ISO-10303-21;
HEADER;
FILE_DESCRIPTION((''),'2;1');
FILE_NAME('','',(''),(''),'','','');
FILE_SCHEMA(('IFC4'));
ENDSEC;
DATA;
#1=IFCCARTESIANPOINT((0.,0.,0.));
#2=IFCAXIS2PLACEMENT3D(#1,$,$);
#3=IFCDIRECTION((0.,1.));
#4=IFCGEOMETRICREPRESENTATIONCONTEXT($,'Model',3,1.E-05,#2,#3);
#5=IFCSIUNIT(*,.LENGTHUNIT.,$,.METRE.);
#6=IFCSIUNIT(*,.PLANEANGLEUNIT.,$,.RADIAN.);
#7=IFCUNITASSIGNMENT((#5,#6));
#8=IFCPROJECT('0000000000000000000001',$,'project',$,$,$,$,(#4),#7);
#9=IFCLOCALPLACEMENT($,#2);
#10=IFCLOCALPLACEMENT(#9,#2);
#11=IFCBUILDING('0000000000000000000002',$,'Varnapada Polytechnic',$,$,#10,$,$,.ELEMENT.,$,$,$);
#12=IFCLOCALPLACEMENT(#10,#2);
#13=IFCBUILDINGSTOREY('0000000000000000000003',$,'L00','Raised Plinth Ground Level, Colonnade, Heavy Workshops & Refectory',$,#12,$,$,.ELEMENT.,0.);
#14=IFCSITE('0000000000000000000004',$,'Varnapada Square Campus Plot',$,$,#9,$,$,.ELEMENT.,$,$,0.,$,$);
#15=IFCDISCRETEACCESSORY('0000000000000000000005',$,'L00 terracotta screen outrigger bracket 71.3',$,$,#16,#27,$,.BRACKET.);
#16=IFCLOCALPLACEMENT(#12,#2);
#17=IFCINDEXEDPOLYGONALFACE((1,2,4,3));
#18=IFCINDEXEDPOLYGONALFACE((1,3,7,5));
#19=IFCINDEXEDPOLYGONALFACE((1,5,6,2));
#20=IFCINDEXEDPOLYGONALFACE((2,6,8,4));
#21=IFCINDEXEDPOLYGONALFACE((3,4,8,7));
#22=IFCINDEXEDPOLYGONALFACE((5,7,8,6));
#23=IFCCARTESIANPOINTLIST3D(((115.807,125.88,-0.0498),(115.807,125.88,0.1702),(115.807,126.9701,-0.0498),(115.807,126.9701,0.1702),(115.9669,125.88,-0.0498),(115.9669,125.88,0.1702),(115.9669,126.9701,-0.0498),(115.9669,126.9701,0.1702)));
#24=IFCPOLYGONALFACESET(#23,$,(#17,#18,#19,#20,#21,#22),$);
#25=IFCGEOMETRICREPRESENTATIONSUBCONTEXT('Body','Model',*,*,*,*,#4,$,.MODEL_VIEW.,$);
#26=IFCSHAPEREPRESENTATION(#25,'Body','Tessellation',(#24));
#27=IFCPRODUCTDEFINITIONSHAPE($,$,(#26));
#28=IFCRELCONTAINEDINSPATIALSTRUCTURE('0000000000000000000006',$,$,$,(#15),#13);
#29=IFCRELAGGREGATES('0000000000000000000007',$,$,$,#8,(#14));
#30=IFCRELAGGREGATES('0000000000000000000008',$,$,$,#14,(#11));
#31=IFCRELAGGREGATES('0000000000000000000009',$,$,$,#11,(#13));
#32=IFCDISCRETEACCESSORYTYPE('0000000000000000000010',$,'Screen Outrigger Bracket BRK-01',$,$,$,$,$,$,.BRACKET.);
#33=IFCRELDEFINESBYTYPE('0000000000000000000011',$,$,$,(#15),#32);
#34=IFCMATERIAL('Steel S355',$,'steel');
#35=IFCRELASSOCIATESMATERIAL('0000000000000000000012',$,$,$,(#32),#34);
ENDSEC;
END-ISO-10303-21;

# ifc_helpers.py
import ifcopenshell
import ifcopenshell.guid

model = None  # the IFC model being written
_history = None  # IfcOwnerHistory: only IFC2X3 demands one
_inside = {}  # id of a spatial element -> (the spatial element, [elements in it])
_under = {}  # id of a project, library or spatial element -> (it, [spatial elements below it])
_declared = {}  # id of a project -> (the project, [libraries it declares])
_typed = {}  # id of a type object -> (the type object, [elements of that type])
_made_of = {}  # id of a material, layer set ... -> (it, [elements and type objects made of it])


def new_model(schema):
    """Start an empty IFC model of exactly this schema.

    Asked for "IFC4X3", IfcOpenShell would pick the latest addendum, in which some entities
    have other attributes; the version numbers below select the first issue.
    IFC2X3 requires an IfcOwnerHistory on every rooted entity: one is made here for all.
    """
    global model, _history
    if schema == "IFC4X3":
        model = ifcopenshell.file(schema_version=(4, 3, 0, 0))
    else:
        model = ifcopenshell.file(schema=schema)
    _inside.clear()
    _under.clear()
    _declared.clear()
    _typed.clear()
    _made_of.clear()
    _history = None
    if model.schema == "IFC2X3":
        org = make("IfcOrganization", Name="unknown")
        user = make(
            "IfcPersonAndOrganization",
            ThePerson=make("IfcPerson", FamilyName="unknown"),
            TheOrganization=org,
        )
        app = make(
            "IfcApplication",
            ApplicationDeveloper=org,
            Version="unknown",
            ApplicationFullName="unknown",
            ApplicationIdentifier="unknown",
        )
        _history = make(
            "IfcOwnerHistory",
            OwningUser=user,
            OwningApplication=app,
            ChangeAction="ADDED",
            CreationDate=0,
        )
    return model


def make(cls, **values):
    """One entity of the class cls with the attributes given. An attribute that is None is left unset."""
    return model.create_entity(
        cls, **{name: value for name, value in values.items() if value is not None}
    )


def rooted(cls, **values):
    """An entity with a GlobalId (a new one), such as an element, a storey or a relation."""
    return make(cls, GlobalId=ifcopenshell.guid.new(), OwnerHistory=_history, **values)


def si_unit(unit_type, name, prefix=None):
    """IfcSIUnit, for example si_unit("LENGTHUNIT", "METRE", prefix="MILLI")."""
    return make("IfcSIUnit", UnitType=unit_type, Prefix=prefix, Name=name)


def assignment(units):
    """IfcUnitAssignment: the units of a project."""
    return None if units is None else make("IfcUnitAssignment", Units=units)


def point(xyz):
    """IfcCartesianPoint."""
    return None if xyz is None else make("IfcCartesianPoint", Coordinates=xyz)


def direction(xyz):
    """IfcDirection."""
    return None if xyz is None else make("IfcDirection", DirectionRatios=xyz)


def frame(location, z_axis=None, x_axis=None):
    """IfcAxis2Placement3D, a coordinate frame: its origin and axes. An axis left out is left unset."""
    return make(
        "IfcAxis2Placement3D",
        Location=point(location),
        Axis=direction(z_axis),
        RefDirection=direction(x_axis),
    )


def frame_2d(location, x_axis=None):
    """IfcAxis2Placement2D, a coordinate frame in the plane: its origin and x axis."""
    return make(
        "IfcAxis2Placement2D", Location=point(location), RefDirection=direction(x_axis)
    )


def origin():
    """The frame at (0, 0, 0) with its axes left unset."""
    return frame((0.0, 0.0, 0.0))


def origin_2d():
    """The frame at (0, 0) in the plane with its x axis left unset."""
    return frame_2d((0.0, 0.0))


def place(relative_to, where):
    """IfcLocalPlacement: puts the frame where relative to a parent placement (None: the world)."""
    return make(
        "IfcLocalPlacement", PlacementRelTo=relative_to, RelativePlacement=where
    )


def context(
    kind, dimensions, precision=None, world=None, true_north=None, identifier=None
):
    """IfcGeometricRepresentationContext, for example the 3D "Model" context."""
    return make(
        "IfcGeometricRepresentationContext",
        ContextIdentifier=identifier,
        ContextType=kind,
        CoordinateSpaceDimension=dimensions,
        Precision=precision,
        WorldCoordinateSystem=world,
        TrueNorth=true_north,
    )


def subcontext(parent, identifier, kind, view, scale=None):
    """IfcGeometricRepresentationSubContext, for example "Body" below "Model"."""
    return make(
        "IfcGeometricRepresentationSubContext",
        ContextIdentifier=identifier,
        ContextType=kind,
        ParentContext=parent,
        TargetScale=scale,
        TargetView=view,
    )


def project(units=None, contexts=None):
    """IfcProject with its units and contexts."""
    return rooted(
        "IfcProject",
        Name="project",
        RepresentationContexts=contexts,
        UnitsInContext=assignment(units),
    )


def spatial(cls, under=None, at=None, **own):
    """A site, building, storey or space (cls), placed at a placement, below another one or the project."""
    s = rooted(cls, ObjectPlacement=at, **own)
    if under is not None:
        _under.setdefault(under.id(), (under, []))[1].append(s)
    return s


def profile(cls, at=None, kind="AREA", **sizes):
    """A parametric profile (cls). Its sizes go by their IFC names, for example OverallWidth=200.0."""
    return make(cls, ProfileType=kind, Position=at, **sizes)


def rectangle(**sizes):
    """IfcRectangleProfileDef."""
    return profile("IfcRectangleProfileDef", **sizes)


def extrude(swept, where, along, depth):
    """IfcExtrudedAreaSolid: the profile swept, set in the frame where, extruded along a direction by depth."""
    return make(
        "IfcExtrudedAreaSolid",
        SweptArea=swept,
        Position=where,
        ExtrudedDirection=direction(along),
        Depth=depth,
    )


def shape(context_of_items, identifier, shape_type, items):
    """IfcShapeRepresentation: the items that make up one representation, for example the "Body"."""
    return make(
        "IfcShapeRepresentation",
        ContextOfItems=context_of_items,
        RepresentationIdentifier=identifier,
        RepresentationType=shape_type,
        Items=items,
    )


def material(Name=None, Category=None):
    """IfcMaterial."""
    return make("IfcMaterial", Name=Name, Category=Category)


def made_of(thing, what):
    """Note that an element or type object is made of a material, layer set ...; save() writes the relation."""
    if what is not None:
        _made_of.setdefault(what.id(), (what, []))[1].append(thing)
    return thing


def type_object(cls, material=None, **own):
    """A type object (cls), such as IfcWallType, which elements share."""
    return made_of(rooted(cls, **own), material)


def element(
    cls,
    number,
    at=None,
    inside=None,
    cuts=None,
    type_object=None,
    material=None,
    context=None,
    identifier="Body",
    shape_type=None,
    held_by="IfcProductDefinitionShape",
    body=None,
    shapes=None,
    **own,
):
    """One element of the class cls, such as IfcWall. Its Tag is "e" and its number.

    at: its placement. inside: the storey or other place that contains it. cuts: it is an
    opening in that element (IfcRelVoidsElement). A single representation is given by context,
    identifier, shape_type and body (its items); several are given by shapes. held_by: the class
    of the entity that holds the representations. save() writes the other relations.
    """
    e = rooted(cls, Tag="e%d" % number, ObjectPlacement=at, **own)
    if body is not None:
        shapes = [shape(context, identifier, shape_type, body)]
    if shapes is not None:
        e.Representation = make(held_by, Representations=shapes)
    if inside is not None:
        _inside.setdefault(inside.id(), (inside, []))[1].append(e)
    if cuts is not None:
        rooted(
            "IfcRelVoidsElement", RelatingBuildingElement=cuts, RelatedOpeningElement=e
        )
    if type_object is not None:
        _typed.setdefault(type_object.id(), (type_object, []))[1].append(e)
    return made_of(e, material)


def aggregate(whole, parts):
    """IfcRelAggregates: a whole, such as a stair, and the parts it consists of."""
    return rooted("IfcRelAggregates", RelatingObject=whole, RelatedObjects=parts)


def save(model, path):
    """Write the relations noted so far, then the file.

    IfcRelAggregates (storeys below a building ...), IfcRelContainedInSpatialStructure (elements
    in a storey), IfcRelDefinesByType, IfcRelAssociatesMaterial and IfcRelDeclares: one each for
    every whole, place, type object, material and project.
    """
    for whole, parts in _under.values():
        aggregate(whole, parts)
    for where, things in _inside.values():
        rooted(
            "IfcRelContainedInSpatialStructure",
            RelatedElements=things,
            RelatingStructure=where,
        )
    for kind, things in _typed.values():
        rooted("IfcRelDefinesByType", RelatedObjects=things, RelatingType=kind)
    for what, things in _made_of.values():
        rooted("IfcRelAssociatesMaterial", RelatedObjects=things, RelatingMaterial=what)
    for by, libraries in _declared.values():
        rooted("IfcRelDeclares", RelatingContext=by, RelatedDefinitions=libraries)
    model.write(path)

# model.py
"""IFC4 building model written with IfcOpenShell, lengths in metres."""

from ifc_helpers import new_model, si_unit, direction, frame, origin, origin_2d, place, context, subcontext, project, spatial, rectangle, extrude, material, type_object, element, save


model = new_model("IFC4")

# Units and contexts
model_context = context("Model", 3, precision=1e-05, world=origin(), true_north=direction((0.0, 1.0)))
body_context = subcontext(model_context, "Body", "Model", "MODEL_VIEW")
ifc_project = project(units=[si_unit("LENGTHUNIT", "METRE"), si_unit("PLANEANGLEUNIT", "RADIAN")], contexts=[model_context])

# Site, building, storey
site_placement = place(None, origin())
site = spatial("IfcSite", under=ifc_project, at=site_placement, Name="Varnapada Square Campus Plot", CompositionType="ELEMENT", RefElevation=0.0)
building_placement = place(site_placement, origin())
building = spatial("IfcBuilding", under=site, at=building_placement, Name="Varnapada Polytechnic", CompositionType="ELEMENT")
storey_placement = place(building_placement, origin())
storey = spatial("IfcBuildingStorey", under=building, at=storey_placement, Name="L00", Description="Raised Plinth Ground Level, Colonnade, Heavy Workshops & Refectory", CompositionType="ELEMENT", Elevation=0.0)

# Discrete accessory
ifc_material_1 = material(Name="Steel S355", Category="steel")
discrete_accessory_type = type_object("IfcDiscreteAccessoryType", Name="Screen Outrigger Bracket BRK-01", PredefinedType="BRACKET", material=ifc_material_1)
discrete_accessory_placement = place(storey_placement, frame((115.887, 126.425, -0.0498), z_axis=(0.0, 0.0, 1.0), x_axis=(1.0, 0.0, 0.0)))
element("IfcDiscreteAccessory", 1, at=discrete_accessory_placement, inside=storey, type_object=discrete_accessory_type, Name="L00 terracotta screen outrigger bracket 71.3", PredefinedType="BRACKET", context=body_context, shape_type="SweptSolid", body=[
    extrude(rectangle(XDim=0.1599, YDim=1.0901, at=origin_2d()), origin(), (0.0, 0.0, 1.0), 0.22),
])

save(model, "model.ifc")
